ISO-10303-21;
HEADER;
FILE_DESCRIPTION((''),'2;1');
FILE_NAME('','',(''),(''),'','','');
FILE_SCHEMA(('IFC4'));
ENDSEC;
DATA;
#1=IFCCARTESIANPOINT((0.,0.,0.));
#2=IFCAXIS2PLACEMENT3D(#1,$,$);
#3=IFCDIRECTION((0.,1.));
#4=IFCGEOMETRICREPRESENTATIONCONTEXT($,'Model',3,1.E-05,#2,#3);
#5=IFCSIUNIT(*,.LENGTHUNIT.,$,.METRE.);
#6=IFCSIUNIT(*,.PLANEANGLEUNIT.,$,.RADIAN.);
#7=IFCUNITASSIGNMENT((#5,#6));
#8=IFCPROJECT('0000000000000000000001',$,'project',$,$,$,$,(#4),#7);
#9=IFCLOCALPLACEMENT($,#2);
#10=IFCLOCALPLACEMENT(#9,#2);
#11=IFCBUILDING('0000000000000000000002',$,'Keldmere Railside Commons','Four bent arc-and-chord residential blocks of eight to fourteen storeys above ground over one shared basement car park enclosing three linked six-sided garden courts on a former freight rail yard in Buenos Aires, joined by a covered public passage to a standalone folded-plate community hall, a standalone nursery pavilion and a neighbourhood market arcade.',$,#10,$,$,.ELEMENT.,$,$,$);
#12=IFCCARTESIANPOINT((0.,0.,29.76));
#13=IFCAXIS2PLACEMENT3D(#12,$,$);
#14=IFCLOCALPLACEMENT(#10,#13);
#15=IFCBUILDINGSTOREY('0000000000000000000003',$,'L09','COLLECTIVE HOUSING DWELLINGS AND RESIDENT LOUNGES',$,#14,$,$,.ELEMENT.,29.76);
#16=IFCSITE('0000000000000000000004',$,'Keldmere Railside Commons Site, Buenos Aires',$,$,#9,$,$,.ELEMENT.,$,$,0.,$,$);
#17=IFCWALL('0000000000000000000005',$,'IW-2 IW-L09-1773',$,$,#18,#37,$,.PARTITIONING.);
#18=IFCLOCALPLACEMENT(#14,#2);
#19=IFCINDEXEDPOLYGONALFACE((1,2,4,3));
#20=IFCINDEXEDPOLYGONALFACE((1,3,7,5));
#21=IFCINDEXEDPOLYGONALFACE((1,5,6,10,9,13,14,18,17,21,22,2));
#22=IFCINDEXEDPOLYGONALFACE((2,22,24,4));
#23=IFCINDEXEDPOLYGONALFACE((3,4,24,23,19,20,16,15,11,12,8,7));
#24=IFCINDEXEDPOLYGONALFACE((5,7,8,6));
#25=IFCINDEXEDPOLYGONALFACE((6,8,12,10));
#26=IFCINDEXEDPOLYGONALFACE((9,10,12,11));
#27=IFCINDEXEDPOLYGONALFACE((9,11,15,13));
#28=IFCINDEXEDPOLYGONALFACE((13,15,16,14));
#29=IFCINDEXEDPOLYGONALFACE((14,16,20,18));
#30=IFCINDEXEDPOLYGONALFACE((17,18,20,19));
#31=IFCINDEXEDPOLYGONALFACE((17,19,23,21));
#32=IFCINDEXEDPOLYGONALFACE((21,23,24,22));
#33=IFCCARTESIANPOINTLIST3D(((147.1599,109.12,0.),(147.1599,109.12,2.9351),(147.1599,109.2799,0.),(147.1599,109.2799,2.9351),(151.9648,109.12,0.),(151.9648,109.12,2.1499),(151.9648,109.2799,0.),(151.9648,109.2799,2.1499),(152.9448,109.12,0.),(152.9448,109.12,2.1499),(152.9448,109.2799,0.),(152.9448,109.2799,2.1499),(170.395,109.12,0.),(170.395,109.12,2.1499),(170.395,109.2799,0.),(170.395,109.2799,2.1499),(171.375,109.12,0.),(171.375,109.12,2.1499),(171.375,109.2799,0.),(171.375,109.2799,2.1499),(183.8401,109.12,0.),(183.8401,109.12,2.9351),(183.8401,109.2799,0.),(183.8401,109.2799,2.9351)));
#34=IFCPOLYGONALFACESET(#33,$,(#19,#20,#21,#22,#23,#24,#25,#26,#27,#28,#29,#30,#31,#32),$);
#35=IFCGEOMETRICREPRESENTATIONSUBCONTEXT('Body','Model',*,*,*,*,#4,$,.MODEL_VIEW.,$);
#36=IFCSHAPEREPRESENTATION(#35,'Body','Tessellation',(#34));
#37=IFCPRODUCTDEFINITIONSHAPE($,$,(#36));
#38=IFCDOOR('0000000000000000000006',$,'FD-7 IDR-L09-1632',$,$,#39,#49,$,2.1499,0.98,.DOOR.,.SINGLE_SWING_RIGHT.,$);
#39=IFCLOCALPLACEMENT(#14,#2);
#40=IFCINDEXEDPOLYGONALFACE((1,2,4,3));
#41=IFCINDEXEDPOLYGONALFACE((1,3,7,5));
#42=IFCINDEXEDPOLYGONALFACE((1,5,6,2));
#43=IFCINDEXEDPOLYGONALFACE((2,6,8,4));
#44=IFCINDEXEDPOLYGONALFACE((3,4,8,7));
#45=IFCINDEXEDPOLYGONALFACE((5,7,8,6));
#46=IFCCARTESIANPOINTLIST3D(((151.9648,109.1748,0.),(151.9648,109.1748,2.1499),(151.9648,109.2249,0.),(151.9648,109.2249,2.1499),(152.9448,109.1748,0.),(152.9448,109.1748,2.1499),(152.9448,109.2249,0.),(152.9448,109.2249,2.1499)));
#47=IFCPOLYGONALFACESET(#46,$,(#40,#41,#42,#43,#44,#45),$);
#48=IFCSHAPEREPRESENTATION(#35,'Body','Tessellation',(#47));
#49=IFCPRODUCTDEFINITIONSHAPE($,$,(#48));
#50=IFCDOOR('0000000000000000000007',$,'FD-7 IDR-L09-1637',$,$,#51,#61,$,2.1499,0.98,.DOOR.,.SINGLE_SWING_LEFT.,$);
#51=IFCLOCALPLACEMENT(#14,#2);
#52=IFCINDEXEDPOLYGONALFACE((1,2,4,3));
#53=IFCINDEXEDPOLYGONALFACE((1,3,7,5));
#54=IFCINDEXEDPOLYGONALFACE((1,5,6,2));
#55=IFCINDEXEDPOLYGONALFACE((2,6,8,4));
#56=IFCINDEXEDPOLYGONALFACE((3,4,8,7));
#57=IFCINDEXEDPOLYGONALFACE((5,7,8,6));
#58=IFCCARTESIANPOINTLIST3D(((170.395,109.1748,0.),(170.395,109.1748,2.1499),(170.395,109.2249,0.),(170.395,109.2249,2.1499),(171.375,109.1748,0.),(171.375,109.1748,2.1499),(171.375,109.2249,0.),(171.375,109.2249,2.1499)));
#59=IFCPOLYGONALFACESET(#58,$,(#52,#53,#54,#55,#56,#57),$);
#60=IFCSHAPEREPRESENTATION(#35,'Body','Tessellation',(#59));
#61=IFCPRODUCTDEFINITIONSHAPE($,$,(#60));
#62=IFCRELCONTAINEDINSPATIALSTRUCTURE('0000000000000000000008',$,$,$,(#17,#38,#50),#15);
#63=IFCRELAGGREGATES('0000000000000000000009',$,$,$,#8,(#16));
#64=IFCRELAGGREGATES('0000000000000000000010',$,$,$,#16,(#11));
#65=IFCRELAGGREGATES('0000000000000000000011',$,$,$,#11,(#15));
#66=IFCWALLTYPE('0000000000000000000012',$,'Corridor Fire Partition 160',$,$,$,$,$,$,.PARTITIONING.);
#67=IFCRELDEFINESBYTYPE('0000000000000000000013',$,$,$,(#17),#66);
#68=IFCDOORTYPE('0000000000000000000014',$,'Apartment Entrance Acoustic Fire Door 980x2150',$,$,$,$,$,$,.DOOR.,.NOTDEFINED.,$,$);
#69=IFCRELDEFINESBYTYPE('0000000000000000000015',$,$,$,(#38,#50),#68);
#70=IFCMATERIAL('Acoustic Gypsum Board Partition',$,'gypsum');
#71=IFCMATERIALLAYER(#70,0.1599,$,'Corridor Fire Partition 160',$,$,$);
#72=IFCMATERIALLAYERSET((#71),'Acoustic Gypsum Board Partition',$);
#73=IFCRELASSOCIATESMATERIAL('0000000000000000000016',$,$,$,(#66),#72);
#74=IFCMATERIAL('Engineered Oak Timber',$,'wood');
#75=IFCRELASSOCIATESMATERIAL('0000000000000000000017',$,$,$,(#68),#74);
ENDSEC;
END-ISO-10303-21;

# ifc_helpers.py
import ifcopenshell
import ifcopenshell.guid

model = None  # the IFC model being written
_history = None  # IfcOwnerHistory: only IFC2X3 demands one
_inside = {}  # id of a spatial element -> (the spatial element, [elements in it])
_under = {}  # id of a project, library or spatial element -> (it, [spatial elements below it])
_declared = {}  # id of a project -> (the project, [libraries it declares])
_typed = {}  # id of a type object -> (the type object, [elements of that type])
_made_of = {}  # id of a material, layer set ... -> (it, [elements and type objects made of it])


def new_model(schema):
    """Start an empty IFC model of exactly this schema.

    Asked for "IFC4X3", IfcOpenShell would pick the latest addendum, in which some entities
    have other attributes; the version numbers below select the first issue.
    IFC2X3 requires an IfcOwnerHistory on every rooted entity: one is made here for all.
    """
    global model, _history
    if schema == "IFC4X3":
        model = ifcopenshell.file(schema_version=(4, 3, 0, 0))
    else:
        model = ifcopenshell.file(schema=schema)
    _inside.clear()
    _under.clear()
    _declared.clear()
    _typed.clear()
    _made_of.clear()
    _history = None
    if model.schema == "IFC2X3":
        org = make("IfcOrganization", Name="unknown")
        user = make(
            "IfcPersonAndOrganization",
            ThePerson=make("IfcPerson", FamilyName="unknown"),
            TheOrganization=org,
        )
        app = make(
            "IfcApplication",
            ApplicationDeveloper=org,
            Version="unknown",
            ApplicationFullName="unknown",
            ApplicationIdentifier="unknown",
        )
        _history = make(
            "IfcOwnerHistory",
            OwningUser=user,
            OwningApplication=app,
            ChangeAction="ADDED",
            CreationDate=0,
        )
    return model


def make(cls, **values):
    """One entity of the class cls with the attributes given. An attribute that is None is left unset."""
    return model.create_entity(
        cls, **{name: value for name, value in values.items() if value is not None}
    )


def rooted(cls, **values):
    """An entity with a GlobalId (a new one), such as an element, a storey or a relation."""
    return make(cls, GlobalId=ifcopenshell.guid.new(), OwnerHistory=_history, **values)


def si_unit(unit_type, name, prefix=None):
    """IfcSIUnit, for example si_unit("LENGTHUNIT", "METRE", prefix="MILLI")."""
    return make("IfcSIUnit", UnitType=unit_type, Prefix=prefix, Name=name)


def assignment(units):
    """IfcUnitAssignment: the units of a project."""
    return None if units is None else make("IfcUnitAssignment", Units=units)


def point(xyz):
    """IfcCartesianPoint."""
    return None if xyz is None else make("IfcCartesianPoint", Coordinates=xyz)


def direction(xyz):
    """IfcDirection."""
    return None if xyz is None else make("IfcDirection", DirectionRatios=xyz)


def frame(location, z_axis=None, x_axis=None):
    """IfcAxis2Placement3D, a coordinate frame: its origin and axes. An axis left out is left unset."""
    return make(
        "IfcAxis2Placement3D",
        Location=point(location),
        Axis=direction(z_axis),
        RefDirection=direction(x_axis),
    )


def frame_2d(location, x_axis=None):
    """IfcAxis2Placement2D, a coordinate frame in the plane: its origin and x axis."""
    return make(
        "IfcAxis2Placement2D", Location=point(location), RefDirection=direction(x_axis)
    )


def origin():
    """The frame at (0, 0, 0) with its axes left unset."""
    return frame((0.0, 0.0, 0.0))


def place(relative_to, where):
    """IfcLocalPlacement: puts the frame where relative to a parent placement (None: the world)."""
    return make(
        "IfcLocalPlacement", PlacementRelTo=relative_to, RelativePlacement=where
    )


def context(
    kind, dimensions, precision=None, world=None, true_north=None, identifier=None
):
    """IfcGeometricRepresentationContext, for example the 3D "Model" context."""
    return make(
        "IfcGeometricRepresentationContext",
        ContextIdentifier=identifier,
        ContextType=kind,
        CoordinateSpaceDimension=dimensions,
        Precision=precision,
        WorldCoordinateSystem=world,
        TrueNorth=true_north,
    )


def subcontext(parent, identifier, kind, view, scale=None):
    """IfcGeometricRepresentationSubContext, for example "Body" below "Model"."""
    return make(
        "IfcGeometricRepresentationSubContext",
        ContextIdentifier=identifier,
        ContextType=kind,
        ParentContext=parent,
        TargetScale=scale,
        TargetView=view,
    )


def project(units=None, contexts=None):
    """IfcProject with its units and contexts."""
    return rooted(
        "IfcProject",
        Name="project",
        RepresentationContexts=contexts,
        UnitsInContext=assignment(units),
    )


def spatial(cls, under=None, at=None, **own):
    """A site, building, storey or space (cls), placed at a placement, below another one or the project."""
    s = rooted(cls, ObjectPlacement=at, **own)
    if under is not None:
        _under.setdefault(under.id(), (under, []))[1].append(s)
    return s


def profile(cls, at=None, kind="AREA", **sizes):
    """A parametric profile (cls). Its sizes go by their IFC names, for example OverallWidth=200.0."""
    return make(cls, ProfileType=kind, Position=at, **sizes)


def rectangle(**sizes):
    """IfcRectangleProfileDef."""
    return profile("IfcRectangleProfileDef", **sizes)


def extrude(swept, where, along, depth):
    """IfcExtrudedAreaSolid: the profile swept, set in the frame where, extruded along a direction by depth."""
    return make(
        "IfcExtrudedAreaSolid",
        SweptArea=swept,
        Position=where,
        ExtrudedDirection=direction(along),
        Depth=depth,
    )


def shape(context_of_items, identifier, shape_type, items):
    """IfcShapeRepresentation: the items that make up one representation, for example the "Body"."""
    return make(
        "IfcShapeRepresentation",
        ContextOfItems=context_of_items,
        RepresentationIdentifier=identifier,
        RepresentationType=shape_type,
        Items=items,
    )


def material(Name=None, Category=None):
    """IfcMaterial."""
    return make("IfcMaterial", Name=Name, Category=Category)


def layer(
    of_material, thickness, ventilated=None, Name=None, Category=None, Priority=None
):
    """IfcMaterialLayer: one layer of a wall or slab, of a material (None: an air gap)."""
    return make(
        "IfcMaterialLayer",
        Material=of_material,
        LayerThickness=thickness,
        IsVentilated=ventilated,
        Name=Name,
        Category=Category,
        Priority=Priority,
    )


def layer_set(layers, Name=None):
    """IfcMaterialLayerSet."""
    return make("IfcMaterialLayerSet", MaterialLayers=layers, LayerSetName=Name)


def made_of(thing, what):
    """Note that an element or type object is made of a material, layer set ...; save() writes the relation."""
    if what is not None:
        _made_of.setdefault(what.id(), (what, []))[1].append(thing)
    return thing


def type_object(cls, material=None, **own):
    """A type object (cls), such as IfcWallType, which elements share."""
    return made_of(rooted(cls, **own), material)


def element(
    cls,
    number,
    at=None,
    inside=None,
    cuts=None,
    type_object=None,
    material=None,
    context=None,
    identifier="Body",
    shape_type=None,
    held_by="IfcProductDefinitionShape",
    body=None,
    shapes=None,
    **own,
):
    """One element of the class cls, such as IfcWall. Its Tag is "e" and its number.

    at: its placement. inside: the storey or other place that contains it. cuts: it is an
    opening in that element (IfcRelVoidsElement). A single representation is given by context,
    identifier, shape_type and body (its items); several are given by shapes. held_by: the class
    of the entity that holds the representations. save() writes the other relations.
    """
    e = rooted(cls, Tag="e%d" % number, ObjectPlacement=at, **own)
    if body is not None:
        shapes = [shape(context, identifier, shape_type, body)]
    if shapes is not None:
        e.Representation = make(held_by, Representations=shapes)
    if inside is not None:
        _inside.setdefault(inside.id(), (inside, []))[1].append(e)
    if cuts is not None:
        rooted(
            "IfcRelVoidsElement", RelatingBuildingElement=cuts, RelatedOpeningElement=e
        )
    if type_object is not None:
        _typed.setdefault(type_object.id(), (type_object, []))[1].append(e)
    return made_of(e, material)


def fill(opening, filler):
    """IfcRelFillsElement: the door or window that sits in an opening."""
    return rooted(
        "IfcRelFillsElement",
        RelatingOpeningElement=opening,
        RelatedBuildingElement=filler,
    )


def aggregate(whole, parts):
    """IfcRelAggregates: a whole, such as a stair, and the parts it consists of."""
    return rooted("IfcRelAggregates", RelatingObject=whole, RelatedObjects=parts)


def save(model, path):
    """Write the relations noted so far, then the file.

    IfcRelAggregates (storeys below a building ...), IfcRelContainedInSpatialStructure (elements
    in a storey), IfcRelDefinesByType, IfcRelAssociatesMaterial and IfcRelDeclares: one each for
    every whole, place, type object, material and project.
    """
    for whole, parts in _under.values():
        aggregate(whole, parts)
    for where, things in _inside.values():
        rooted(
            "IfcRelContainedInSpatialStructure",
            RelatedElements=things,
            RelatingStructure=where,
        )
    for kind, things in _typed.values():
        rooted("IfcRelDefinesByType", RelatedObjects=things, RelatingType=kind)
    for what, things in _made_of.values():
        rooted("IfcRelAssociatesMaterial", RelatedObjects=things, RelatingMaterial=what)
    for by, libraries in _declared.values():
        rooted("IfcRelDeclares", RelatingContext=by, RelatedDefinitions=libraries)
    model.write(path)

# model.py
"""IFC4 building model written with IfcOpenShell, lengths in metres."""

from ifc_helpers import new_model, si_unit, direction, frame, frame_2d, origin, place, context, subcontext, project, spatial, rectangle, extrude, material, layer, layer_set, type_object, element, fill, save


model = new_model("IFC4")

# Units and contexts
model_context = context("Model", 3, precision=1e-05, world=origin(), true_north=direction((0.0, 1.0)))
body_context = subcontext(model_context, "Body", "Model", "MODEL_VIEW")
ifc_project = project(units=[si_unit("LENGTHUNIT", "METRE"), si_unit("PLANEANGLEUNIT", "RADIAN")], contexts=[model_context])

# Site, building, storey
site_placement = place(None, origin())
site = spatial("IfcSite", under=ifc_project, at=site_placement, Name="Keldmere Railside Commons Site, Buenos Aires", CompositionType="ELEMENT", RefElevation=0.0)
building_placement = place(site_placement, origin())
building = spatial("IfcBuilding", under=site, at=building_placement, Name="Keldmere Railside Commons", Description="Four bent arc-and-chord residential blocks of eight to fourteen storeys above ground over one shared basement car park enclosing three linked six-sided garden courts on a former freight rail yard in Buenos Aires, joined by a covered public passage to a standalone folded-plate community hall, a standalone nursery pavilion and a neighbourhood market arcade.", CompositionType="ELEMENT")
storey_placement = place(building_placement, frame((0.0, 0.0, 29.76)))
storey = spatial("IfcBuildingStorey", under=building, at=storey_placement, Name="L09", Description="COLLECTIVE HOUSING DWELLINGS AND RESIDENT LOUNGES", CompositionType="ELEMENT", Elevation=29.76)

# Shared definitions
ifc_material_1 = material(Name="Acoustic Gypsum Board Partition", Category="gypsum")
ifc_material_2 = material(Name="Engineered Oak Timber", Category="wood")

# Wall, openings, doors
ifc_layer_1 = layer(ifc_material_1, 0.1599, Name="Corridor Fire Partition 160")
ifc_layer_set_1 = layer_set([ifc_layer_1], Name="Acoustic Gypsum Board Partition")
wall_type_1 = type_object("IfcWallType", Name="Corridor Fire Partition 160", PredefinedType="PARTITIONING", material=ifc_layer_set_1)
wall_1_placement = place(storey_placement, frame((147.1599, 109.2, 0.0), z_axis=(0.0, 0.0, 1.0), x_axis=(1.0, 0.0, 0.0)))
wall_1 = element("IfcWall", 1, at=wall_1_placement, inside=storey, type_object=wall_type_1, Name="IW-2 IW-L09-1773", PredefinedType="PARTITIONING", context=body_context, shape_type="SweptSolid", body=[
    extrude(rectangle(XDim=36.6802, YDim=0.1599, at=frame_2d((18.3401, 0.0))), origin(), (0.0, 0.0, 1.0), 2.9351),
])
opening_1_placement = place(wall_1_placement, frame((4.8049, 0.0, 0.0)))
opening_1 = element("IfcOpeningElement", 2, at=opening_1_placement, cuts=wall_1, PredefinedType="OPENING", context=body_context, shape_type="SweptSolid", body=[
    extrude(rectangle(XDim=0.98, YDim=2.1499, at=frame_2d((0.49, 1.075))), frame((0.0, 0.0898, 0.0), z_axis=(0.0, -1.0, 0.0), x_axis=(1.0, 0.0, 0.0)), (0.0, 0.0, 1.0), 0.1799),
])
opening_2_placement = place(wall_1_placement, frame((23.2351, 0.0, 0.0)))
opening_2 = element("IfcOpeningElement", 3, at=opening_2_placement, cuts=wall_1, PredefinedType="OPENING", context=body_context, shape_type="SweptSolid", body=[
    extrude(rectangle(XDim=0.98, YDim=2.1499, at=frame_2d((0.49, 1.075))), frame((0.0, 0.0898, 0.0), z_axis=(0.0, -1.0, 0.0), x_axis=(1.0, 0.0, 0.0)), (0.0, 0.0, 1.0), 0.1799),
])
door_type_1 = type_object("IfcDoorType", Name="Apartment Entrance Acoustic Fire Door 980x2150", OperationType="NOTDEFINED", PredefinedType="DOOR", material=ifc_material_2)
door_1_placement = place(opening_1_placement, origin())
door_1 = element("IfcDoor", 4, at=door_1_placement, inside=storey, type_object=door_type_1, Name="FD-7 IDR-L09-1632", OperationType="SINGLE_SWING_RIGHT", OverallHeight=2.1499, OverallWidth=0.98, PredefinedType="DOOR", context=body_context, shape_type="SweptSolid", body=[
    extrude(rectangle(XDim=0.98, YDim=2.1499, at=frame_2d((0.49, 1.075))), frame((0.0, 0.0249, 0.0), z_axis=(0.0, -1.0, 0.0), x_axis=(1.0, 0.0, 0.0)), (0.0, 0.0, 1.0), 0.05),
])
fill(opening_1, door_1)
door_2_placement = place(opening_2_placement, origin())
door_2 = element("IfcDoor", 5, at=door_2_placement, inside=storey, type_object=door_type_1, Name="FD-7 IDR-L09-1637", OperationType="SINGLE_SWING_LEFT", OverallHeight=2.1499, OverallWidth=0.98, PredefinedType="DOOR", context=body_context, shape_type="SweptSolid", body=[
    extrude(rectangle(XDim=0.98, YDim=2.1499, at=frame_2d((0.49, 1.075))), frame((0.0, 0.0249, 0.0), z_axis=(0.0, -1.0, 0.0), x_axis=(1.0, 0.0, 0.0)), (0.0, 0.0, 1.0), 0.05),
])
fill(opening_2, door_2)

save(model, "model.ifc")
